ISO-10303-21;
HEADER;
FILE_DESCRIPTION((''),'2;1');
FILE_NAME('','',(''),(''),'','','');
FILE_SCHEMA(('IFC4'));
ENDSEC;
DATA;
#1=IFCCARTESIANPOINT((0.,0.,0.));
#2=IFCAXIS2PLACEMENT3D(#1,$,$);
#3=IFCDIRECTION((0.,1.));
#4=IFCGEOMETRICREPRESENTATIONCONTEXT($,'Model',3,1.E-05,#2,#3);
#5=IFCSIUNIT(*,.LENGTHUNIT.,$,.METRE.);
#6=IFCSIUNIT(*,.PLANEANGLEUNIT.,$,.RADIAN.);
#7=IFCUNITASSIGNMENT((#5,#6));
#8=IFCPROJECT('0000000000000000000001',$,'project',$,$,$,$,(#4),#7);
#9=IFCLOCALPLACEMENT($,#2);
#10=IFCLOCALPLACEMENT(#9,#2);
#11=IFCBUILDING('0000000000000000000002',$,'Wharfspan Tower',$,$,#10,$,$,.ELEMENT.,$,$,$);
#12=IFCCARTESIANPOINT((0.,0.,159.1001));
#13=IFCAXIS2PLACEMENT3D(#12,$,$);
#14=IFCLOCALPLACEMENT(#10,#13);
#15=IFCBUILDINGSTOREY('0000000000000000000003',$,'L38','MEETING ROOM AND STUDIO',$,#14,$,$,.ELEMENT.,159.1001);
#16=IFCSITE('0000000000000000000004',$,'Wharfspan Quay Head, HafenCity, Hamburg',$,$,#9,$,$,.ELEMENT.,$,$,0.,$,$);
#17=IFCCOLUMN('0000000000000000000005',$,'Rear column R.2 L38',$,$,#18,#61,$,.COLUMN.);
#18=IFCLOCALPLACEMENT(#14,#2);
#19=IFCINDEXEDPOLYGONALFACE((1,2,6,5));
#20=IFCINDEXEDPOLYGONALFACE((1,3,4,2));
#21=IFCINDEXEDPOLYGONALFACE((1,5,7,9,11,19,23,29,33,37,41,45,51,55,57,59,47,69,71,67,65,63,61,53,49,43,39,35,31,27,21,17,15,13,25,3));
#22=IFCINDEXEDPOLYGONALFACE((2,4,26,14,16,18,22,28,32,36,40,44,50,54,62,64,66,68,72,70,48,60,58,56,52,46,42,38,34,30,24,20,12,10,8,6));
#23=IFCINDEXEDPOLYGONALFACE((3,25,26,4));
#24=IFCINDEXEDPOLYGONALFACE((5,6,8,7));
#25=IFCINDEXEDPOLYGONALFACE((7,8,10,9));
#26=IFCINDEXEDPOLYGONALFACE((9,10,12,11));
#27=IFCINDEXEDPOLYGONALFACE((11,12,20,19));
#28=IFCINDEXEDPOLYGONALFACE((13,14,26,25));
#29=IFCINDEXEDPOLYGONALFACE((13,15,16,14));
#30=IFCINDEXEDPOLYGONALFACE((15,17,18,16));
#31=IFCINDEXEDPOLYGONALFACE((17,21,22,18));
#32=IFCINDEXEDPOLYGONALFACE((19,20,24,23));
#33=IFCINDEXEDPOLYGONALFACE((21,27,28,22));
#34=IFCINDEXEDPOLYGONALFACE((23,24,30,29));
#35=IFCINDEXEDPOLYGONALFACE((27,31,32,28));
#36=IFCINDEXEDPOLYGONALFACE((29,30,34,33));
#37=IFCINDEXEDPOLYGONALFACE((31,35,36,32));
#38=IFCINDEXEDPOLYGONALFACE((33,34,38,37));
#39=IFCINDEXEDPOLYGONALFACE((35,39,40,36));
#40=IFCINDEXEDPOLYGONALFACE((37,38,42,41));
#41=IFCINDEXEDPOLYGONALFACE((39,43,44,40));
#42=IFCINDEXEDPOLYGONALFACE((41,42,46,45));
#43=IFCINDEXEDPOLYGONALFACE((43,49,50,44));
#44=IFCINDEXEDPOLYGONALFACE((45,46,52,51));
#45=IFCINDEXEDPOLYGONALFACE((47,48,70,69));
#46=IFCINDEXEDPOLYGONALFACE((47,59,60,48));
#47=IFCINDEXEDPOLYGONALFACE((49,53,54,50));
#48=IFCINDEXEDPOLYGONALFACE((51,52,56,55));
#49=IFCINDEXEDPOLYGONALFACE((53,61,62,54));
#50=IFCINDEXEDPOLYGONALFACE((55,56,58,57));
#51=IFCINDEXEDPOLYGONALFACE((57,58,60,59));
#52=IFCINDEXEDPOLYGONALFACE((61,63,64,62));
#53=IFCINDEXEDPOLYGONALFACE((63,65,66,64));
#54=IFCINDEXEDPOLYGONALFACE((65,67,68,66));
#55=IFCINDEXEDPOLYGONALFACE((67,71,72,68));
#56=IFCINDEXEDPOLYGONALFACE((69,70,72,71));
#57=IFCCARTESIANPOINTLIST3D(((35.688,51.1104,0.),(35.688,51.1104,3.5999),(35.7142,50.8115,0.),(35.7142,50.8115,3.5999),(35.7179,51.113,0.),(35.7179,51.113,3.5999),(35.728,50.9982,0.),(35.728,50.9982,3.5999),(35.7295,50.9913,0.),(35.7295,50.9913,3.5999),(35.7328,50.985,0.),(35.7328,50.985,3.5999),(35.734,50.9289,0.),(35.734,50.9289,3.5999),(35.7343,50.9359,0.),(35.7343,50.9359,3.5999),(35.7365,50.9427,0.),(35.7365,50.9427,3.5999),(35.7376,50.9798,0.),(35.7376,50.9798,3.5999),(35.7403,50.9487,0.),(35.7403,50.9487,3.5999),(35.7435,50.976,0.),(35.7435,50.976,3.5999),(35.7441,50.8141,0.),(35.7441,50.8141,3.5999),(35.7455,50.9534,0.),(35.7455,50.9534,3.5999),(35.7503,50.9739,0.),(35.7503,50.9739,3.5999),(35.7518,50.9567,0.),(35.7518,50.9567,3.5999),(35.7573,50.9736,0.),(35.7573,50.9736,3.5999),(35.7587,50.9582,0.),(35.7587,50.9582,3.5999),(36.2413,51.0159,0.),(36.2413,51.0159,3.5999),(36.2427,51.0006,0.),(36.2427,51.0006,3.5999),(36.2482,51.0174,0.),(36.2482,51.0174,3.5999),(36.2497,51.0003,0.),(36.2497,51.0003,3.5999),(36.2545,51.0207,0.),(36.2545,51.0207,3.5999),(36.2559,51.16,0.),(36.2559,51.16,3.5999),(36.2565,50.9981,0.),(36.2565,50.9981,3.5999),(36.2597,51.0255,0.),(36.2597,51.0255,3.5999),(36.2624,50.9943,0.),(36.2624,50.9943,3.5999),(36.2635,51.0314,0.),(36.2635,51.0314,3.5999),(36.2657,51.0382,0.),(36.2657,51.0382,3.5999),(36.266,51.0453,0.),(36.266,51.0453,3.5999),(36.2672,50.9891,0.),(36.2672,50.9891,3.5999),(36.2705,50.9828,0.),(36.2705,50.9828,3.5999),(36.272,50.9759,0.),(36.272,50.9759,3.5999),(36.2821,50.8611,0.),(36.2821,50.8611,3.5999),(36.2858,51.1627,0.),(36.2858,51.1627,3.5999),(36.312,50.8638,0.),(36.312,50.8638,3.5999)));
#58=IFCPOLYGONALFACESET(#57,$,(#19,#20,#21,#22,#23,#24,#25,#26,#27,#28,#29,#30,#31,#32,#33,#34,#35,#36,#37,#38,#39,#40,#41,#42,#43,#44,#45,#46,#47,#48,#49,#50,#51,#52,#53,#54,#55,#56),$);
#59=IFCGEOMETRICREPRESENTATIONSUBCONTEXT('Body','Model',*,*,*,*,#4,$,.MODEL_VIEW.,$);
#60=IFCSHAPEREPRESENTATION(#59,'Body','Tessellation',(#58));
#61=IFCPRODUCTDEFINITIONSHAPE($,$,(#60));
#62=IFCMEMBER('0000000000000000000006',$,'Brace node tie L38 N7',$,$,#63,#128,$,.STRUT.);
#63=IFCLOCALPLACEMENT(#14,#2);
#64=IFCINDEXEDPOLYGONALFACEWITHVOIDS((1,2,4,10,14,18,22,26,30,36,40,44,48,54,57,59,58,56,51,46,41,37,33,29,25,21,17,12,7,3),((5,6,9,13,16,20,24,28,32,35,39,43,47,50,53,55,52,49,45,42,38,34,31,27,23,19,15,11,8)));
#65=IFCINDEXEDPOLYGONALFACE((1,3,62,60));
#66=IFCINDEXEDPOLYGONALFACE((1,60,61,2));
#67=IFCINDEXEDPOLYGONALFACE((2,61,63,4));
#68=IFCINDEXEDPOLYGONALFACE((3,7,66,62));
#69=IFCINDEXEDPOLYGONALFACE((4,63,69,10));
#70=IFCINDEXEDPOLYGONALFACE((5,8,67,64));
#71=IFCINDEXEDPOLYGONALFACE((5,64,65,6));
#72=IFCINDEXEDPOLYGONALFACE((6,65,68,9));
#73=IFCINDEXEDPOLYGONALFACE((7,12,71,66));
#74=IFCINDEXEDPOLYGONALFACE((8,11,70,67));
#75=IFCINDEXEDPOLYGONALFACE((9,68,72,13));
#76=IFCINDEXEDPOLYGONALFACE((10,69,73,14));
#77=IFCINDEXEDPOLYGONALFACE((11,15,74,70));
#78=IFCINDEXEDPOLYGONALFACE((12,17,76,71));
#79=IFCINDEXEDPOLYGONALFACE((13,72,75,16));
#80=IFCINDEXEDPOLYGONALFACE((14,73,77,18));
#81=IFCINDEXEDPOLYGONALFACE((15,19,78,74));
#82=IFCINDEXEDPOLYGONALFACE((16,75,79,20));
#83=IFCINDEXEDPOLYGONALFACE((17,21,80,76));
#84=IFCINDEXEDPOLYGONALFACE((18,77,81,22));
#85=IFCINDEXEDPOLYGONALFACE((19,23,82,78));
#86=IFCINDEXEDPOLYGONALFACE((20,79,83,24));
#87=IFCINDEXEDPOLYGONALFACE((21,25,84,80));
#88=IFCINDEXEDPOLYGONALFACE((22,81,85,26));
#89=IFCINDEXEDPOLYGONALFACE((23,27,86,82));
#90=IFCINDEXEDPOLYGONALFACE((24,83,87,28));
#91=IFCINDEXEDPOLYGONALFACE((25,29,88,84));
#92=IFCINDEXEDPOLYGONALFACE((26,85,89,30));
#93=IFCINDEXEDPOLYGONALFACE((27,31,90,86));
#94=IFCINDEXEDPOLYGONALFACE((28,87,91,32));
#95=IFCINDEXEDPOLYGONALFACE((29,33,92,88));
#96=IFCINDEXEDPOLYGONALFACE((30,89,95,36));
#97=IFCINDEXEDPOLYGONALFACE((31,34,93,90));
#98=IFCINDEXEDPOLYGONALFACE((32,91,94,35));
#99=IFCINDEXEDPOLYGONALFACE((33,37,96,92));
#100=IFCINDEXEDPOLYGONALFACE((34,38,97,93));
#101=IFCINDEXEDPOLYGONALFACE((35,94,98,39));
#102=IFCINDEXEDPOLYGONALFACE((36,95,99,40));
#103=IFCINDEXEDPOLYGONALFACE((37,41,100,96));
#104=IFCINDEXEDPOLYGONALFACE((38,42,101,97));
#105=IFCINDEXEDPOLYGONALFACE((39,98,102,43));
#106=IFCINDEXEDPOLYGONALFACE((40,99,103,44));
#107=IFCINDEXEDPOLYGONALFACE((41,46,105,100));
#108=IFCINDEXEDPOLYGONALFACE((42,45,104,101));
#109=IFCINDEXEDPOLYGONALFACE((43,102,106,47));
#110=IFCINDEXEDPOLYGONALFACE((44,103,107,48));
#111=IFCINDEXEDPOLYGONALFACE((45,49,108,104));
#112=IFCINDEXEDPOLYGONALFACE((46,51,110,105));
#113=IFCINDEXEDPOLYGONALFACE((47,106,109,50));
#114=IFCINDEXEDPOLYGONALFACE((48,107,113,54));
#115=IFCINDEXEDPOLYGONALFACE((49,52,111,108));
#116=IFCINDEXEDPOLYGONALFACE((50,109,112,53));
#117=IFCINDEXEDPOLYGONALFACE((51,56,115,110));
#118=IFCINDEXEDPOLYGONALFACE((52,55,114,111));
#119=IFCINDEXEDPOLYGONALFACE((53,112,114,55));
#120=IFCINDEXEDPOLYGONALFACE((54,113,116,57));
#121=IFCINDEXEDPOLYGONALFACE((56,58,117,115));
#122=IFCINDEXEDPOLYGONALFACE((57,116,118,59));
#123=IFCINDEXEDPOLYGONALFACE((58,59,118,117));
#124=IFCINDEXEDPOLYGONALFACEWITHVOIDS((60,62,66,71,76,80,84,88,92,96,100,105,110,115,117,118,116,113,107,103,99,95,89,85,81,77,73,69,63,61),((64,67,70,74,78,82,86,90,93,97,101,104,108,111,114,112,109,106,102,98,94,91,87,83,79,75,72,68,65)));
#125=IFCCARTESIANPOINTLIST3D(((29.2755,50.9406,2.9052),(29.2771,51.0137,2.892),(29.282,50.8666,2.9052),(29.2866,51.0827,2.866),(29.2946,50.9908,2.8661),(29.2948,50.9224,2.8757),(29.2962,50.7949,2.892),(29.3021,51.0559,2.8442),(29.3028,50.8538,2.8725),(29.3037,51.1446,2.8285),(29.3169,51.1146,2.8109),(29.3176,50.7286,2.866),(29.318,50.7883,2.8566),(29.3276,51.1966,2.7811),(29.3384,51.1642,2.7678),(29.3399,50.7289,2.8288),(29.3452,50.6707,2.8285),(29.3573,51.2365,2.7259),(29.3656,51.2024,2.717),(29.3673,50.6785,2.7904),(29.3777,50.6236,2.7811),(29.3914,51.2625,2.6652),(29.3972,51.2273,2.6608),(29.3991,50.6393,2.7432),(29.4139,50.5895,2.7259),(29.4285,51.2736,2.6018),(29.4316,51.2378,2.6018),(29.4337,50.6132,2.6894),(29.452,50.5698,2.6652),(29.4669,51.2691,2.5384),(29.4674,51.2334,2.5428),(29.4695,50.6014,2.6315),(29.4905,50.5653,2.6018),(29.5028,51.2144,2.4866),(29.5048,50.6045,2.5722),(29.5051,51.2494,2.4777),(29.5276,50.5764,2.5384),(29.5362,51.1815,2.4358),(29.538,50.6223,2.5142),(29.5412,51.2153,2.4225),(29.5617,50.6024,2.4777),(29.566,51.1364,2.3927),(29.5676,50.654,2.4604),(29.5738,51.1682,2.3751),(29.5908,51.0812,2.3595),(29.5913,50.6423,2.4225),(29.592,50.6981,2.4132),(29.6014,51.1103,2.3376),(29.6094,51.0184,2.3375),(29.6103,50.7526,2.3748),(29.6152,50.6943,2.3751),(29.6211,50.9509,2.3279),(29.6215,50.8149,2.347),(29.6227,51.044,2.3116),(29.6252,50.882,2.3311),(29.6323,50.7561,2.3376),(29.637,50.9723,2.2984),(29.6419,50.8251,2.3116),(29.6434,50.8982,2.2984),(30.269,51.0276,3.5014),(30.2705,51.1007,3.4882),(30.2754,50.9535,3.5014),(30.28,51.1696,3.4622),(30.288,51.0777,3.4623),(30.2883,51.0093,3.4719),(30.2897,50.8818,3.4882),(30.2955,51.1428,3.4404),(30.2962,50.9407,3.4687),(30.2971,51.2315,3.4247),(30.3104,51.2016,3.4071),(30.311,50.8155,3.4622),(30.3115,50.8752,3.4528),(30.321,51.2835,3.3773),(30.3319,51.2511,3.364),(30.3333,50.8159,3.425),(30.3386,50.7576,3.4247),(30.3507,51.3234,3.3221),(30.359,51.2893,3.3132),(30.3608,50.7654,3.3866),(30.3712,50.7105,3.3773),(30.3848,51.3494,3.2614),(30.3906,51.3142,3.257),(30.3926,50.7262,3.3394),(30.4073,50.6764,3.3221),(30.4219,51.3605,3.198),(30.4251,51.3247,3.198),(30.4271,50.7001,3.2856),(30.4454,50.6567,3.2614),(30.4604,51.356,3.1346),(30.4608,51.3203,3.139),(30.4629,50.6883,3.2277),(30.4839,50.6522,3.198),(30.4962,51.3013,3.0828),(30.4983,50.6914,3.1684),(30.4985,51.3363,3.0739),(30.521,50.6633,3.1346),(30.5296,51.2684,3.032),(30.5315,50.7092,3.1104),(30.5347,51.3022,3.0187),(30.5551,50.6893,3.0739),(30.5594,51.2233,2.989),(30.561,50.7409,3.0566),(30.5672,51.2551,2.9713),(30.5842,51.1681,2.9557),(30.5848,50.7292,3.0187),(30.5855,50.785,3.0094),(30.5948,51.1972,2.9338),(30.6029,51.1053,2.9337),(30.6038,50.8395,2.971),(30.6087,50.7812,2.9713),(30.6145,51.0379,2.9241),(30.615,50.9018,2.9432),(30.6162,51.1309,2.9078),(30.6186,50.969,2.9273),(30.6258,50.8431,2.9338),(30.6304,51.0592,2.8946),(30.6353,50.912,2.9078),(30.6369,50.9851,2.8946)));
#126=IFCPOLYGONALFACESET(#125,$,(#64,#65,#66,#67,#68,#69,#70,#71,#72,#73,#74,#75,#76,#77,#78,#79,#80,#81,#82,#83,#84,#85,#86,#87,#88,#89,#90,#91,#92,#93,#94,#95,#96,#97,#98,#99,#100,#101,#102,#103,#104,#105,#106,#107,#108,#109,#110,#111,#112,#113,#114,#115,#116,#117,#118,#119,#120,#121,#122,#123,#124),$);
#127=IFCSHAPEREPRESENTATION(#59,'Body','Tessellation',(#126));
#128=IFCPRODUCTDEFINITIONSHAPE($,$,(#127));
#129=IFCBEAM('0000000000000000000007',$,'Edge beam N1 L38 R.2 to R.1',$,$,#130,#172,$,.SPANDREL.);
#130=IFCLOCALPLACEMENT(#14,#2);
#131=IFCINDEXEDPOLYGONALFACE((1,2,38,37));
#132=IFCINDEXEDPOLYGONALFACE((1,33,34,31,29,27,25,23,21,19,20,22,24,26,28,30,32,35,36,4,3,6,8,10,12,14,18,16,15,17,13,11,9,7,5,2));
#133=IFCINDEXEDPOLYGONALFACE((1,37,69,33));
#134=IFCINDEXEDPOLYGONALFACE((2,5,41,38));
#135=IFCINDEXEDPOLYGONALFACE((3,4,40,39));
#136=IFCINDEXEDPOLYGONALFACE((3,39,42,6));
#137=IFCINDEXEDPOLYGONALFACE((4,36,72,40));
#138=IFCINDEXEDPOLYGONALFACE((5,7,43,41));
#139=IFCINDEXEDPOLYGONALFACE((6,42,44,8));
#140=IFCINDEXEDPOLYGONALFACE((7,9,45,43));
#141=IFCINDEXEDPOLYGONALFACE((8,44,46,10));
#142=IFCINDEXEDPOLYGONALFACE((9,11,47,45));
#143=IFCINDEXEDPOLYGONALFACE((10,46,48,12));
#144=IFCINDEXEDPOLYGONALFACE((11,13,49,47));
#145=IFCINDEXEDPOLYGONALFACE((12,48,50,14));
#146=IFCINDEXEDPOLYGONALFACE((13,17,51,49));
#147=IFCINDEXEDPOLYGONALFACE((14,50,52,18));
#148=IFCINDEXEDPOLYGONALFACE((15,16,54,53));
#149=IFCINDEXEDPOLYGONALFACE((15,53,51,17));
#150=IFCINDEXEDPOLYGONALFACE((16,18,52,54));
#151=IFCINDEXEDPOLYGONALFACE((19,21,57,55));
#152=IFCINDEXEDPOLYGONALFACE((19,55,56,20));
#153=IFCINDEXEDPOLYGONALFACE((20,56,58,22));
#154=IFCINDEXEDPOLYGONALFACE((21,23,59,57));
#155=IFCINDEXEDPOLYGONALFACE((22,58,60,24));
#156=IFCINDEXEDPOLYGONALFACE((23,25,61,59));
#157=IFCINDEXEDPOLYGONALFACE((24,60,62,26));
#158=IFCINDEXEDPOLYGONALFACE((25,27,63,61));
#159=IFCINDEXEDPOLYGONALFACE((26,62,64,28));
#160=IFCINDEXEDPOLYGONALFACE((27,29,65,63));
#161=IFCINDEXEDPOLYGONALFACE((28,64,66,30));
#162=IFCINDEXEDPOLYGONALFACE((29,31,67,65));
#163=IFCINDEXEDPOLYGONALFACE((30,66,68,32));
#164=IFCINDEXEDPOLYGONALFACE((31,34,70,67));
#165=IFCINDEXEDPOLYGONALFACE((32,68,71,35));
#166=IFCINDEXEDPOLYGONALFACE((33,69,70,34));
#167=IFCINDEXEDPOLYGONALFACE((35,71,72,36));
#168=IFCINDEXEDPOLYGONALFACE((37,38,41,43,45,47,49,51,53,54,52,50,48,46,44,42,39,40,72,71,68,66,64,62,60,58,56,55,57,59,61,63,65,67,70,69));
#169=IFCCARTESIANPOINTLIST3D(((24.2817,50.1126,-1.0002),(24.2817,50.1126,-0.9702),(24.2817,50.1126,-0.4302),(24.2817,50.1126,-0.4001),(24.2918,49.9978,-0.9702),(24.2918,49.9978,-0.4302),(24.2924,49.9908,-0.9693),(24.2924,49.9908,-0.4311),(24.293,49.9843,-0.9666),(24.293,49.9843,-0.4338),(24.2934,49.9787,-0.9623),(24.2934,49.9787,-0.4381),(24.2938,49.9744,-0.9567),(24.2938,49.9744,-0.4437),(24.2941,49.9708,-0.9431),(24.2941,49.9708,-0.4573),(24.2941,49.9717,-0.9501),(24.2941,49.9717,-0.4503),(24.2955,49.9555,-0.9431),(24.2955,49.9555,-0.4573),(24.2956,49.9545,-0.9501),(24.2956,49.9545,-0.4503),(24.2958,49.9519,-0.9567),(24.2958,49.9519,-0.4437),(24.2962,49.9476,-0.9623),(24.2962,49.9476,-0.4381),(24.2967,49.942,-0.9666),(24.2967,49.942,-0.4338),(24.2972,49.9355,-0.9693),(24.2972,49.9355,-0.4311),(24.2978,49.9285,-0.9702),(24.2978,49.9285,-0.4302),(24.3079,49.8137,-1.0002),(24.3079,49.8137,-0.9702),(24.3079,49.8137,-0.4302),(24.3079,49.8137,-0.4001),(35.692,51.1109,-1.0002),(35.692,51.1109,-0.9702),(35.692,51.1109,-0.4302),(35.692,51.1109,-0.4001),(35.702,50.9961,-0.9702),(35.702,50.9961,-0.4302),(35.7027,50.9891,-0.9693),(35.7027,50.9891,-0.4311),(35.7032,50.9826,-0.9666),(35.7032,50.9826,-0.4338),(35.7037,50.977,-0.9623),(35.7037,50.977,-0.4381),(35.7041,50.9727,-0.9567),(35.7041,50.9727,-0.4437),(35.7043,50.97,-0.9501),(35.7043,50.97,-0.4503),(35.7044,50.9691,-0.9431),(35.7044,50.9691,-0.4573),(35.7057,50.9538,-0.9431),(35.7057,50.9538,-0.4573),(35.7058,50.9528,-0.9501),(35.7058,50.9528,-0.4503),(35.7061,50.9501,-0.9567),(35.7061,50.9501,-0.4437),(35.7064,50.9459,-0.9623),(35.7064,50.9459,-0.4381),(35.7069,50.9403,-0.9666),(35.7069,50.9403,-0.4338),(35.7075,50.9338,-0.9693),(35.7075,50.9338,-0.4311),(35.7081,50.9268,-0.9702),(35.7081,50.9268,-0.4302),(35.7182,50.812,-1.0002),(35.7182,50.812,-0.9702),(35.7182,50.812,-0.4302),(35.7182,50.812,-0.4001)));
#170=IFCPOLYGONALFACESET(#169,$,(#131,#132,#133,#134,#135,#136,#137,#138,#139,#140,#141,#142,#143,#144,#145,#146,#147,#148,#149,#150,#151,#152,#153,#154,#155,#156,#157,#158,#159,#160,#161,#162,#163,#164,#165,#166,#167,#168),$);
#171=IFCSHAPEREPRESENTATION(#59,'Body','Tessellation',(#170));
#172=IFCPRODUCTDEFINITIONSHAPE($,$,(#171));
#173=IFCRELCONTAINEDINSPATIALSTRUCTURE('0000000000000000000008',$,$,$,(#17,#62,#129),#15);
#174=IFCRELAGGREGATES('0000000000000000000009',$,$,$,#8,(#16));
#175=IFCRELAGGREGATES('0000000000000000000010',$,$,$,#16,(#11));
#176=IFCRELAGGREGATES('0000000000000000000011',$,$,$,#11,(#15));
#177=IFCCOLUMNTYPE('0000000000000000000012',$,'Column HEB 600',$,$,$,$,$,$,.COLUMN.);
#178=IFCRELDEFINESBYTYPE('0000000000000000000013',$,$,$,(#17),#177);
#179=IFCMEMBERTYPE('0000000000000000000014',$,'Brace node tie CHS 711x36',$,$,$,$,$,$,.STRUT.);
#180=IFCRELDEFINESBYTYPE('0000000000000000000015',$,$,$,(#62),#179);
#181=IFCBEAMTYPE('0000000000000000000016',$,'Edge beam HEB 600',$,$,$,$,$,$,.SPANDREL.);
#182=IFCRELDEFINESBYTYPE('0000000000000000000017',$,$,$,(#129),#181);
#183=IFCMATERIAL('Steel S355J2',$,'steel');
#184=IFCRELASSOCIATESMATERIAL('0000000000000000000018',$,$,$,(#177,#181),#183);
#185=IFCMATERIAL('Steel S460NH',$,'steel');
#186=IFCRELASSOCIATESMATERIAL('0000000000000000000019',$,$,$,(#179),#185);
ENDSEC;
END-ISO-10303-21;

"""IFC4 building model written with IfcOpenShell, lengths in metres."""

from ifc_helpers import new_model, si_unit, direction, frame, origin, origin_2d, place, context, subcontext, project, spatial, hollow_circle, i_section, extrude, material, material_profile, profile_set, type_object, element, save


model = new_model("IFC4")

# Units and contexts
model_context = context("Model", 3, precision=1e-05, world=origin(), true_north=direction((0.0, 1.0)))
body_context = subcontext(model_context, "Body", "Model", "MODEL_VIEW")
ifc_project = project(units=[si_unit("LENGTHUNIT", "METRE"), si_unit("PLANEANGLEUNIT", "RADIAN")], contexts=[model_context])

# Site, building, storey
site_placement = place(None, origin())
site = spatial("IfcSite", under=ifc_project, at=site_placement, Name="Wharfspan Quay Head, HafenCity, Hamburg", CompositionType="ELEMENT", RefElevation=0.0)
building_placement = place(site_placement, origin())
building = spatial("IfcBuilding", under=site, at=building_placement, Name="Wharfspan Tower", CompositionType="ELEMENT")
storey_placement = place(building_placement, frame((0.0, 0.0, 159.1001)))
storey = spatial("IfcBuildingStorey", under=building, at=storey_placement, Name="L38", Description="MEETING ROOM AND STUDIO", CompositionType="ELEMENT", Elevation=159.1001)

# Column
ifc_material_1 = material(Name="Steel S355J2", Category="steel")
ifc_material_profile_1 = material_profile(ifc_material_1, i_section(OverallWidth=0.3, OverallDepth=0.6001, WebThickness=0.0154, FlangeThickness=0.03, FilletRadius=0.0271, at=origin_2d()))
ifc_profile_set_1 = profile_set([ifc_material_profile_1], Name="Steel S355J2")
column_type = type_object("IfcColumnType", Name="Column HEB 600", PredefinedType="COLUMN", material=ifc_profile_set_1)
column_placement = place(storey_placement, frame((36.0, 50.9871, 0.0), z_axis=(0.0, 0.0, 1.0), x_axis=(-0.087156, 0.996198, 0.0)))
element("IfcColumn", 1, at=column_placement, inside=storey, type_object=column_type, Name="Rear column R.2 L38", PredefinedType="COLUMN", context=body_context, shape_type="SweptSolid", body=[
    extrude(i_section(OverallWidth=0.3, OverallDepth=0.6001, WebThickness=0.0154, FlangeThickness=0.03, FilletRadius=0.0271, at=origin_2d()), origin(), (0.0, 0.0, 1.0), 3.5999),
])

# Member
ifc_material_2 = material(Name="Steel S460NH", Category="steel")
ifc_material_profile_2 = material_profile(ifc_material_2, hollow_circle(Radius=0.3555, WallThickness=0.0359, at=origin_2d()))
ifc_profile_set_2 = profile_set([ifc_material_profile_2], Name="Steel S460NH")
member_type_1 = type_object("IfcMemberType", Name="Brace node tie CHS 711x36", PredefinedType="STRUT", material=ifc_profile_set_2)
member_1_placement = place(storey_placement, frame((29.4595, 50.9194, 2.6018), z_axis=(0.855035, 0.074808, 0.513147), x_axis=(-0.087158, 0.996192, 0.0)))
element("IfcMember", 2, at=member_1_placement, inside=storey, type_object=member_type_1, Name="Brace node tie L38 N7", PredefinedType="STRUT", context=body_context, shape_type="SweptSolid", body=[
    extrude(hollow_circle(Radius=0.3555, WallThickness=0.0359, at=origin_2d()), origin(), (0.0, 0.0, 1.0), 1.1619),
])

# Beam
ifc_material_profile_3 = material_profile(ifc_material_1, i_section(OverallWidth=0.3, OverallDepth=0.6001, WebThickness=0.0154, FlangeThickness=0.03, FilletRadius=0.0271, at=origin_2d()))
ifc_profile_set_3 = profile_set([ifc_material_profile_3], Name="Steel S355J2")
beam_type = type_object("IfcBeamType", Name="Edge beam HEB 600", PredefinedType="SPANDREL", material=ifc_profile_set_3)
beam_placement = place(storey_placement, frame((35.7051, 50.9614, -0.7002), z_axis=(-0.996194, -0.087158, 0.0), x_axis=(0.087158, -0.996194, 0.0)))
element("IfcBeam", 3, at=beam_placement, inside=storey, type_object=beam_type, Name="Edge beam N1 L38 R.2 to R.1", PredefinedType="SPANDREL", context=body_context, shape_type="SweptSolid", body=[
    extrude(i_section(OverallWidth=0.3, OverallDepth=0.6001, WebThickness=0.0154, FlangeThickness=0.03, FilletRadius=0.0271, at=origin_2d()), origin(), (0.0, 0.0, 1.0), 11.4539),
])

save(model, "model.ifc")
